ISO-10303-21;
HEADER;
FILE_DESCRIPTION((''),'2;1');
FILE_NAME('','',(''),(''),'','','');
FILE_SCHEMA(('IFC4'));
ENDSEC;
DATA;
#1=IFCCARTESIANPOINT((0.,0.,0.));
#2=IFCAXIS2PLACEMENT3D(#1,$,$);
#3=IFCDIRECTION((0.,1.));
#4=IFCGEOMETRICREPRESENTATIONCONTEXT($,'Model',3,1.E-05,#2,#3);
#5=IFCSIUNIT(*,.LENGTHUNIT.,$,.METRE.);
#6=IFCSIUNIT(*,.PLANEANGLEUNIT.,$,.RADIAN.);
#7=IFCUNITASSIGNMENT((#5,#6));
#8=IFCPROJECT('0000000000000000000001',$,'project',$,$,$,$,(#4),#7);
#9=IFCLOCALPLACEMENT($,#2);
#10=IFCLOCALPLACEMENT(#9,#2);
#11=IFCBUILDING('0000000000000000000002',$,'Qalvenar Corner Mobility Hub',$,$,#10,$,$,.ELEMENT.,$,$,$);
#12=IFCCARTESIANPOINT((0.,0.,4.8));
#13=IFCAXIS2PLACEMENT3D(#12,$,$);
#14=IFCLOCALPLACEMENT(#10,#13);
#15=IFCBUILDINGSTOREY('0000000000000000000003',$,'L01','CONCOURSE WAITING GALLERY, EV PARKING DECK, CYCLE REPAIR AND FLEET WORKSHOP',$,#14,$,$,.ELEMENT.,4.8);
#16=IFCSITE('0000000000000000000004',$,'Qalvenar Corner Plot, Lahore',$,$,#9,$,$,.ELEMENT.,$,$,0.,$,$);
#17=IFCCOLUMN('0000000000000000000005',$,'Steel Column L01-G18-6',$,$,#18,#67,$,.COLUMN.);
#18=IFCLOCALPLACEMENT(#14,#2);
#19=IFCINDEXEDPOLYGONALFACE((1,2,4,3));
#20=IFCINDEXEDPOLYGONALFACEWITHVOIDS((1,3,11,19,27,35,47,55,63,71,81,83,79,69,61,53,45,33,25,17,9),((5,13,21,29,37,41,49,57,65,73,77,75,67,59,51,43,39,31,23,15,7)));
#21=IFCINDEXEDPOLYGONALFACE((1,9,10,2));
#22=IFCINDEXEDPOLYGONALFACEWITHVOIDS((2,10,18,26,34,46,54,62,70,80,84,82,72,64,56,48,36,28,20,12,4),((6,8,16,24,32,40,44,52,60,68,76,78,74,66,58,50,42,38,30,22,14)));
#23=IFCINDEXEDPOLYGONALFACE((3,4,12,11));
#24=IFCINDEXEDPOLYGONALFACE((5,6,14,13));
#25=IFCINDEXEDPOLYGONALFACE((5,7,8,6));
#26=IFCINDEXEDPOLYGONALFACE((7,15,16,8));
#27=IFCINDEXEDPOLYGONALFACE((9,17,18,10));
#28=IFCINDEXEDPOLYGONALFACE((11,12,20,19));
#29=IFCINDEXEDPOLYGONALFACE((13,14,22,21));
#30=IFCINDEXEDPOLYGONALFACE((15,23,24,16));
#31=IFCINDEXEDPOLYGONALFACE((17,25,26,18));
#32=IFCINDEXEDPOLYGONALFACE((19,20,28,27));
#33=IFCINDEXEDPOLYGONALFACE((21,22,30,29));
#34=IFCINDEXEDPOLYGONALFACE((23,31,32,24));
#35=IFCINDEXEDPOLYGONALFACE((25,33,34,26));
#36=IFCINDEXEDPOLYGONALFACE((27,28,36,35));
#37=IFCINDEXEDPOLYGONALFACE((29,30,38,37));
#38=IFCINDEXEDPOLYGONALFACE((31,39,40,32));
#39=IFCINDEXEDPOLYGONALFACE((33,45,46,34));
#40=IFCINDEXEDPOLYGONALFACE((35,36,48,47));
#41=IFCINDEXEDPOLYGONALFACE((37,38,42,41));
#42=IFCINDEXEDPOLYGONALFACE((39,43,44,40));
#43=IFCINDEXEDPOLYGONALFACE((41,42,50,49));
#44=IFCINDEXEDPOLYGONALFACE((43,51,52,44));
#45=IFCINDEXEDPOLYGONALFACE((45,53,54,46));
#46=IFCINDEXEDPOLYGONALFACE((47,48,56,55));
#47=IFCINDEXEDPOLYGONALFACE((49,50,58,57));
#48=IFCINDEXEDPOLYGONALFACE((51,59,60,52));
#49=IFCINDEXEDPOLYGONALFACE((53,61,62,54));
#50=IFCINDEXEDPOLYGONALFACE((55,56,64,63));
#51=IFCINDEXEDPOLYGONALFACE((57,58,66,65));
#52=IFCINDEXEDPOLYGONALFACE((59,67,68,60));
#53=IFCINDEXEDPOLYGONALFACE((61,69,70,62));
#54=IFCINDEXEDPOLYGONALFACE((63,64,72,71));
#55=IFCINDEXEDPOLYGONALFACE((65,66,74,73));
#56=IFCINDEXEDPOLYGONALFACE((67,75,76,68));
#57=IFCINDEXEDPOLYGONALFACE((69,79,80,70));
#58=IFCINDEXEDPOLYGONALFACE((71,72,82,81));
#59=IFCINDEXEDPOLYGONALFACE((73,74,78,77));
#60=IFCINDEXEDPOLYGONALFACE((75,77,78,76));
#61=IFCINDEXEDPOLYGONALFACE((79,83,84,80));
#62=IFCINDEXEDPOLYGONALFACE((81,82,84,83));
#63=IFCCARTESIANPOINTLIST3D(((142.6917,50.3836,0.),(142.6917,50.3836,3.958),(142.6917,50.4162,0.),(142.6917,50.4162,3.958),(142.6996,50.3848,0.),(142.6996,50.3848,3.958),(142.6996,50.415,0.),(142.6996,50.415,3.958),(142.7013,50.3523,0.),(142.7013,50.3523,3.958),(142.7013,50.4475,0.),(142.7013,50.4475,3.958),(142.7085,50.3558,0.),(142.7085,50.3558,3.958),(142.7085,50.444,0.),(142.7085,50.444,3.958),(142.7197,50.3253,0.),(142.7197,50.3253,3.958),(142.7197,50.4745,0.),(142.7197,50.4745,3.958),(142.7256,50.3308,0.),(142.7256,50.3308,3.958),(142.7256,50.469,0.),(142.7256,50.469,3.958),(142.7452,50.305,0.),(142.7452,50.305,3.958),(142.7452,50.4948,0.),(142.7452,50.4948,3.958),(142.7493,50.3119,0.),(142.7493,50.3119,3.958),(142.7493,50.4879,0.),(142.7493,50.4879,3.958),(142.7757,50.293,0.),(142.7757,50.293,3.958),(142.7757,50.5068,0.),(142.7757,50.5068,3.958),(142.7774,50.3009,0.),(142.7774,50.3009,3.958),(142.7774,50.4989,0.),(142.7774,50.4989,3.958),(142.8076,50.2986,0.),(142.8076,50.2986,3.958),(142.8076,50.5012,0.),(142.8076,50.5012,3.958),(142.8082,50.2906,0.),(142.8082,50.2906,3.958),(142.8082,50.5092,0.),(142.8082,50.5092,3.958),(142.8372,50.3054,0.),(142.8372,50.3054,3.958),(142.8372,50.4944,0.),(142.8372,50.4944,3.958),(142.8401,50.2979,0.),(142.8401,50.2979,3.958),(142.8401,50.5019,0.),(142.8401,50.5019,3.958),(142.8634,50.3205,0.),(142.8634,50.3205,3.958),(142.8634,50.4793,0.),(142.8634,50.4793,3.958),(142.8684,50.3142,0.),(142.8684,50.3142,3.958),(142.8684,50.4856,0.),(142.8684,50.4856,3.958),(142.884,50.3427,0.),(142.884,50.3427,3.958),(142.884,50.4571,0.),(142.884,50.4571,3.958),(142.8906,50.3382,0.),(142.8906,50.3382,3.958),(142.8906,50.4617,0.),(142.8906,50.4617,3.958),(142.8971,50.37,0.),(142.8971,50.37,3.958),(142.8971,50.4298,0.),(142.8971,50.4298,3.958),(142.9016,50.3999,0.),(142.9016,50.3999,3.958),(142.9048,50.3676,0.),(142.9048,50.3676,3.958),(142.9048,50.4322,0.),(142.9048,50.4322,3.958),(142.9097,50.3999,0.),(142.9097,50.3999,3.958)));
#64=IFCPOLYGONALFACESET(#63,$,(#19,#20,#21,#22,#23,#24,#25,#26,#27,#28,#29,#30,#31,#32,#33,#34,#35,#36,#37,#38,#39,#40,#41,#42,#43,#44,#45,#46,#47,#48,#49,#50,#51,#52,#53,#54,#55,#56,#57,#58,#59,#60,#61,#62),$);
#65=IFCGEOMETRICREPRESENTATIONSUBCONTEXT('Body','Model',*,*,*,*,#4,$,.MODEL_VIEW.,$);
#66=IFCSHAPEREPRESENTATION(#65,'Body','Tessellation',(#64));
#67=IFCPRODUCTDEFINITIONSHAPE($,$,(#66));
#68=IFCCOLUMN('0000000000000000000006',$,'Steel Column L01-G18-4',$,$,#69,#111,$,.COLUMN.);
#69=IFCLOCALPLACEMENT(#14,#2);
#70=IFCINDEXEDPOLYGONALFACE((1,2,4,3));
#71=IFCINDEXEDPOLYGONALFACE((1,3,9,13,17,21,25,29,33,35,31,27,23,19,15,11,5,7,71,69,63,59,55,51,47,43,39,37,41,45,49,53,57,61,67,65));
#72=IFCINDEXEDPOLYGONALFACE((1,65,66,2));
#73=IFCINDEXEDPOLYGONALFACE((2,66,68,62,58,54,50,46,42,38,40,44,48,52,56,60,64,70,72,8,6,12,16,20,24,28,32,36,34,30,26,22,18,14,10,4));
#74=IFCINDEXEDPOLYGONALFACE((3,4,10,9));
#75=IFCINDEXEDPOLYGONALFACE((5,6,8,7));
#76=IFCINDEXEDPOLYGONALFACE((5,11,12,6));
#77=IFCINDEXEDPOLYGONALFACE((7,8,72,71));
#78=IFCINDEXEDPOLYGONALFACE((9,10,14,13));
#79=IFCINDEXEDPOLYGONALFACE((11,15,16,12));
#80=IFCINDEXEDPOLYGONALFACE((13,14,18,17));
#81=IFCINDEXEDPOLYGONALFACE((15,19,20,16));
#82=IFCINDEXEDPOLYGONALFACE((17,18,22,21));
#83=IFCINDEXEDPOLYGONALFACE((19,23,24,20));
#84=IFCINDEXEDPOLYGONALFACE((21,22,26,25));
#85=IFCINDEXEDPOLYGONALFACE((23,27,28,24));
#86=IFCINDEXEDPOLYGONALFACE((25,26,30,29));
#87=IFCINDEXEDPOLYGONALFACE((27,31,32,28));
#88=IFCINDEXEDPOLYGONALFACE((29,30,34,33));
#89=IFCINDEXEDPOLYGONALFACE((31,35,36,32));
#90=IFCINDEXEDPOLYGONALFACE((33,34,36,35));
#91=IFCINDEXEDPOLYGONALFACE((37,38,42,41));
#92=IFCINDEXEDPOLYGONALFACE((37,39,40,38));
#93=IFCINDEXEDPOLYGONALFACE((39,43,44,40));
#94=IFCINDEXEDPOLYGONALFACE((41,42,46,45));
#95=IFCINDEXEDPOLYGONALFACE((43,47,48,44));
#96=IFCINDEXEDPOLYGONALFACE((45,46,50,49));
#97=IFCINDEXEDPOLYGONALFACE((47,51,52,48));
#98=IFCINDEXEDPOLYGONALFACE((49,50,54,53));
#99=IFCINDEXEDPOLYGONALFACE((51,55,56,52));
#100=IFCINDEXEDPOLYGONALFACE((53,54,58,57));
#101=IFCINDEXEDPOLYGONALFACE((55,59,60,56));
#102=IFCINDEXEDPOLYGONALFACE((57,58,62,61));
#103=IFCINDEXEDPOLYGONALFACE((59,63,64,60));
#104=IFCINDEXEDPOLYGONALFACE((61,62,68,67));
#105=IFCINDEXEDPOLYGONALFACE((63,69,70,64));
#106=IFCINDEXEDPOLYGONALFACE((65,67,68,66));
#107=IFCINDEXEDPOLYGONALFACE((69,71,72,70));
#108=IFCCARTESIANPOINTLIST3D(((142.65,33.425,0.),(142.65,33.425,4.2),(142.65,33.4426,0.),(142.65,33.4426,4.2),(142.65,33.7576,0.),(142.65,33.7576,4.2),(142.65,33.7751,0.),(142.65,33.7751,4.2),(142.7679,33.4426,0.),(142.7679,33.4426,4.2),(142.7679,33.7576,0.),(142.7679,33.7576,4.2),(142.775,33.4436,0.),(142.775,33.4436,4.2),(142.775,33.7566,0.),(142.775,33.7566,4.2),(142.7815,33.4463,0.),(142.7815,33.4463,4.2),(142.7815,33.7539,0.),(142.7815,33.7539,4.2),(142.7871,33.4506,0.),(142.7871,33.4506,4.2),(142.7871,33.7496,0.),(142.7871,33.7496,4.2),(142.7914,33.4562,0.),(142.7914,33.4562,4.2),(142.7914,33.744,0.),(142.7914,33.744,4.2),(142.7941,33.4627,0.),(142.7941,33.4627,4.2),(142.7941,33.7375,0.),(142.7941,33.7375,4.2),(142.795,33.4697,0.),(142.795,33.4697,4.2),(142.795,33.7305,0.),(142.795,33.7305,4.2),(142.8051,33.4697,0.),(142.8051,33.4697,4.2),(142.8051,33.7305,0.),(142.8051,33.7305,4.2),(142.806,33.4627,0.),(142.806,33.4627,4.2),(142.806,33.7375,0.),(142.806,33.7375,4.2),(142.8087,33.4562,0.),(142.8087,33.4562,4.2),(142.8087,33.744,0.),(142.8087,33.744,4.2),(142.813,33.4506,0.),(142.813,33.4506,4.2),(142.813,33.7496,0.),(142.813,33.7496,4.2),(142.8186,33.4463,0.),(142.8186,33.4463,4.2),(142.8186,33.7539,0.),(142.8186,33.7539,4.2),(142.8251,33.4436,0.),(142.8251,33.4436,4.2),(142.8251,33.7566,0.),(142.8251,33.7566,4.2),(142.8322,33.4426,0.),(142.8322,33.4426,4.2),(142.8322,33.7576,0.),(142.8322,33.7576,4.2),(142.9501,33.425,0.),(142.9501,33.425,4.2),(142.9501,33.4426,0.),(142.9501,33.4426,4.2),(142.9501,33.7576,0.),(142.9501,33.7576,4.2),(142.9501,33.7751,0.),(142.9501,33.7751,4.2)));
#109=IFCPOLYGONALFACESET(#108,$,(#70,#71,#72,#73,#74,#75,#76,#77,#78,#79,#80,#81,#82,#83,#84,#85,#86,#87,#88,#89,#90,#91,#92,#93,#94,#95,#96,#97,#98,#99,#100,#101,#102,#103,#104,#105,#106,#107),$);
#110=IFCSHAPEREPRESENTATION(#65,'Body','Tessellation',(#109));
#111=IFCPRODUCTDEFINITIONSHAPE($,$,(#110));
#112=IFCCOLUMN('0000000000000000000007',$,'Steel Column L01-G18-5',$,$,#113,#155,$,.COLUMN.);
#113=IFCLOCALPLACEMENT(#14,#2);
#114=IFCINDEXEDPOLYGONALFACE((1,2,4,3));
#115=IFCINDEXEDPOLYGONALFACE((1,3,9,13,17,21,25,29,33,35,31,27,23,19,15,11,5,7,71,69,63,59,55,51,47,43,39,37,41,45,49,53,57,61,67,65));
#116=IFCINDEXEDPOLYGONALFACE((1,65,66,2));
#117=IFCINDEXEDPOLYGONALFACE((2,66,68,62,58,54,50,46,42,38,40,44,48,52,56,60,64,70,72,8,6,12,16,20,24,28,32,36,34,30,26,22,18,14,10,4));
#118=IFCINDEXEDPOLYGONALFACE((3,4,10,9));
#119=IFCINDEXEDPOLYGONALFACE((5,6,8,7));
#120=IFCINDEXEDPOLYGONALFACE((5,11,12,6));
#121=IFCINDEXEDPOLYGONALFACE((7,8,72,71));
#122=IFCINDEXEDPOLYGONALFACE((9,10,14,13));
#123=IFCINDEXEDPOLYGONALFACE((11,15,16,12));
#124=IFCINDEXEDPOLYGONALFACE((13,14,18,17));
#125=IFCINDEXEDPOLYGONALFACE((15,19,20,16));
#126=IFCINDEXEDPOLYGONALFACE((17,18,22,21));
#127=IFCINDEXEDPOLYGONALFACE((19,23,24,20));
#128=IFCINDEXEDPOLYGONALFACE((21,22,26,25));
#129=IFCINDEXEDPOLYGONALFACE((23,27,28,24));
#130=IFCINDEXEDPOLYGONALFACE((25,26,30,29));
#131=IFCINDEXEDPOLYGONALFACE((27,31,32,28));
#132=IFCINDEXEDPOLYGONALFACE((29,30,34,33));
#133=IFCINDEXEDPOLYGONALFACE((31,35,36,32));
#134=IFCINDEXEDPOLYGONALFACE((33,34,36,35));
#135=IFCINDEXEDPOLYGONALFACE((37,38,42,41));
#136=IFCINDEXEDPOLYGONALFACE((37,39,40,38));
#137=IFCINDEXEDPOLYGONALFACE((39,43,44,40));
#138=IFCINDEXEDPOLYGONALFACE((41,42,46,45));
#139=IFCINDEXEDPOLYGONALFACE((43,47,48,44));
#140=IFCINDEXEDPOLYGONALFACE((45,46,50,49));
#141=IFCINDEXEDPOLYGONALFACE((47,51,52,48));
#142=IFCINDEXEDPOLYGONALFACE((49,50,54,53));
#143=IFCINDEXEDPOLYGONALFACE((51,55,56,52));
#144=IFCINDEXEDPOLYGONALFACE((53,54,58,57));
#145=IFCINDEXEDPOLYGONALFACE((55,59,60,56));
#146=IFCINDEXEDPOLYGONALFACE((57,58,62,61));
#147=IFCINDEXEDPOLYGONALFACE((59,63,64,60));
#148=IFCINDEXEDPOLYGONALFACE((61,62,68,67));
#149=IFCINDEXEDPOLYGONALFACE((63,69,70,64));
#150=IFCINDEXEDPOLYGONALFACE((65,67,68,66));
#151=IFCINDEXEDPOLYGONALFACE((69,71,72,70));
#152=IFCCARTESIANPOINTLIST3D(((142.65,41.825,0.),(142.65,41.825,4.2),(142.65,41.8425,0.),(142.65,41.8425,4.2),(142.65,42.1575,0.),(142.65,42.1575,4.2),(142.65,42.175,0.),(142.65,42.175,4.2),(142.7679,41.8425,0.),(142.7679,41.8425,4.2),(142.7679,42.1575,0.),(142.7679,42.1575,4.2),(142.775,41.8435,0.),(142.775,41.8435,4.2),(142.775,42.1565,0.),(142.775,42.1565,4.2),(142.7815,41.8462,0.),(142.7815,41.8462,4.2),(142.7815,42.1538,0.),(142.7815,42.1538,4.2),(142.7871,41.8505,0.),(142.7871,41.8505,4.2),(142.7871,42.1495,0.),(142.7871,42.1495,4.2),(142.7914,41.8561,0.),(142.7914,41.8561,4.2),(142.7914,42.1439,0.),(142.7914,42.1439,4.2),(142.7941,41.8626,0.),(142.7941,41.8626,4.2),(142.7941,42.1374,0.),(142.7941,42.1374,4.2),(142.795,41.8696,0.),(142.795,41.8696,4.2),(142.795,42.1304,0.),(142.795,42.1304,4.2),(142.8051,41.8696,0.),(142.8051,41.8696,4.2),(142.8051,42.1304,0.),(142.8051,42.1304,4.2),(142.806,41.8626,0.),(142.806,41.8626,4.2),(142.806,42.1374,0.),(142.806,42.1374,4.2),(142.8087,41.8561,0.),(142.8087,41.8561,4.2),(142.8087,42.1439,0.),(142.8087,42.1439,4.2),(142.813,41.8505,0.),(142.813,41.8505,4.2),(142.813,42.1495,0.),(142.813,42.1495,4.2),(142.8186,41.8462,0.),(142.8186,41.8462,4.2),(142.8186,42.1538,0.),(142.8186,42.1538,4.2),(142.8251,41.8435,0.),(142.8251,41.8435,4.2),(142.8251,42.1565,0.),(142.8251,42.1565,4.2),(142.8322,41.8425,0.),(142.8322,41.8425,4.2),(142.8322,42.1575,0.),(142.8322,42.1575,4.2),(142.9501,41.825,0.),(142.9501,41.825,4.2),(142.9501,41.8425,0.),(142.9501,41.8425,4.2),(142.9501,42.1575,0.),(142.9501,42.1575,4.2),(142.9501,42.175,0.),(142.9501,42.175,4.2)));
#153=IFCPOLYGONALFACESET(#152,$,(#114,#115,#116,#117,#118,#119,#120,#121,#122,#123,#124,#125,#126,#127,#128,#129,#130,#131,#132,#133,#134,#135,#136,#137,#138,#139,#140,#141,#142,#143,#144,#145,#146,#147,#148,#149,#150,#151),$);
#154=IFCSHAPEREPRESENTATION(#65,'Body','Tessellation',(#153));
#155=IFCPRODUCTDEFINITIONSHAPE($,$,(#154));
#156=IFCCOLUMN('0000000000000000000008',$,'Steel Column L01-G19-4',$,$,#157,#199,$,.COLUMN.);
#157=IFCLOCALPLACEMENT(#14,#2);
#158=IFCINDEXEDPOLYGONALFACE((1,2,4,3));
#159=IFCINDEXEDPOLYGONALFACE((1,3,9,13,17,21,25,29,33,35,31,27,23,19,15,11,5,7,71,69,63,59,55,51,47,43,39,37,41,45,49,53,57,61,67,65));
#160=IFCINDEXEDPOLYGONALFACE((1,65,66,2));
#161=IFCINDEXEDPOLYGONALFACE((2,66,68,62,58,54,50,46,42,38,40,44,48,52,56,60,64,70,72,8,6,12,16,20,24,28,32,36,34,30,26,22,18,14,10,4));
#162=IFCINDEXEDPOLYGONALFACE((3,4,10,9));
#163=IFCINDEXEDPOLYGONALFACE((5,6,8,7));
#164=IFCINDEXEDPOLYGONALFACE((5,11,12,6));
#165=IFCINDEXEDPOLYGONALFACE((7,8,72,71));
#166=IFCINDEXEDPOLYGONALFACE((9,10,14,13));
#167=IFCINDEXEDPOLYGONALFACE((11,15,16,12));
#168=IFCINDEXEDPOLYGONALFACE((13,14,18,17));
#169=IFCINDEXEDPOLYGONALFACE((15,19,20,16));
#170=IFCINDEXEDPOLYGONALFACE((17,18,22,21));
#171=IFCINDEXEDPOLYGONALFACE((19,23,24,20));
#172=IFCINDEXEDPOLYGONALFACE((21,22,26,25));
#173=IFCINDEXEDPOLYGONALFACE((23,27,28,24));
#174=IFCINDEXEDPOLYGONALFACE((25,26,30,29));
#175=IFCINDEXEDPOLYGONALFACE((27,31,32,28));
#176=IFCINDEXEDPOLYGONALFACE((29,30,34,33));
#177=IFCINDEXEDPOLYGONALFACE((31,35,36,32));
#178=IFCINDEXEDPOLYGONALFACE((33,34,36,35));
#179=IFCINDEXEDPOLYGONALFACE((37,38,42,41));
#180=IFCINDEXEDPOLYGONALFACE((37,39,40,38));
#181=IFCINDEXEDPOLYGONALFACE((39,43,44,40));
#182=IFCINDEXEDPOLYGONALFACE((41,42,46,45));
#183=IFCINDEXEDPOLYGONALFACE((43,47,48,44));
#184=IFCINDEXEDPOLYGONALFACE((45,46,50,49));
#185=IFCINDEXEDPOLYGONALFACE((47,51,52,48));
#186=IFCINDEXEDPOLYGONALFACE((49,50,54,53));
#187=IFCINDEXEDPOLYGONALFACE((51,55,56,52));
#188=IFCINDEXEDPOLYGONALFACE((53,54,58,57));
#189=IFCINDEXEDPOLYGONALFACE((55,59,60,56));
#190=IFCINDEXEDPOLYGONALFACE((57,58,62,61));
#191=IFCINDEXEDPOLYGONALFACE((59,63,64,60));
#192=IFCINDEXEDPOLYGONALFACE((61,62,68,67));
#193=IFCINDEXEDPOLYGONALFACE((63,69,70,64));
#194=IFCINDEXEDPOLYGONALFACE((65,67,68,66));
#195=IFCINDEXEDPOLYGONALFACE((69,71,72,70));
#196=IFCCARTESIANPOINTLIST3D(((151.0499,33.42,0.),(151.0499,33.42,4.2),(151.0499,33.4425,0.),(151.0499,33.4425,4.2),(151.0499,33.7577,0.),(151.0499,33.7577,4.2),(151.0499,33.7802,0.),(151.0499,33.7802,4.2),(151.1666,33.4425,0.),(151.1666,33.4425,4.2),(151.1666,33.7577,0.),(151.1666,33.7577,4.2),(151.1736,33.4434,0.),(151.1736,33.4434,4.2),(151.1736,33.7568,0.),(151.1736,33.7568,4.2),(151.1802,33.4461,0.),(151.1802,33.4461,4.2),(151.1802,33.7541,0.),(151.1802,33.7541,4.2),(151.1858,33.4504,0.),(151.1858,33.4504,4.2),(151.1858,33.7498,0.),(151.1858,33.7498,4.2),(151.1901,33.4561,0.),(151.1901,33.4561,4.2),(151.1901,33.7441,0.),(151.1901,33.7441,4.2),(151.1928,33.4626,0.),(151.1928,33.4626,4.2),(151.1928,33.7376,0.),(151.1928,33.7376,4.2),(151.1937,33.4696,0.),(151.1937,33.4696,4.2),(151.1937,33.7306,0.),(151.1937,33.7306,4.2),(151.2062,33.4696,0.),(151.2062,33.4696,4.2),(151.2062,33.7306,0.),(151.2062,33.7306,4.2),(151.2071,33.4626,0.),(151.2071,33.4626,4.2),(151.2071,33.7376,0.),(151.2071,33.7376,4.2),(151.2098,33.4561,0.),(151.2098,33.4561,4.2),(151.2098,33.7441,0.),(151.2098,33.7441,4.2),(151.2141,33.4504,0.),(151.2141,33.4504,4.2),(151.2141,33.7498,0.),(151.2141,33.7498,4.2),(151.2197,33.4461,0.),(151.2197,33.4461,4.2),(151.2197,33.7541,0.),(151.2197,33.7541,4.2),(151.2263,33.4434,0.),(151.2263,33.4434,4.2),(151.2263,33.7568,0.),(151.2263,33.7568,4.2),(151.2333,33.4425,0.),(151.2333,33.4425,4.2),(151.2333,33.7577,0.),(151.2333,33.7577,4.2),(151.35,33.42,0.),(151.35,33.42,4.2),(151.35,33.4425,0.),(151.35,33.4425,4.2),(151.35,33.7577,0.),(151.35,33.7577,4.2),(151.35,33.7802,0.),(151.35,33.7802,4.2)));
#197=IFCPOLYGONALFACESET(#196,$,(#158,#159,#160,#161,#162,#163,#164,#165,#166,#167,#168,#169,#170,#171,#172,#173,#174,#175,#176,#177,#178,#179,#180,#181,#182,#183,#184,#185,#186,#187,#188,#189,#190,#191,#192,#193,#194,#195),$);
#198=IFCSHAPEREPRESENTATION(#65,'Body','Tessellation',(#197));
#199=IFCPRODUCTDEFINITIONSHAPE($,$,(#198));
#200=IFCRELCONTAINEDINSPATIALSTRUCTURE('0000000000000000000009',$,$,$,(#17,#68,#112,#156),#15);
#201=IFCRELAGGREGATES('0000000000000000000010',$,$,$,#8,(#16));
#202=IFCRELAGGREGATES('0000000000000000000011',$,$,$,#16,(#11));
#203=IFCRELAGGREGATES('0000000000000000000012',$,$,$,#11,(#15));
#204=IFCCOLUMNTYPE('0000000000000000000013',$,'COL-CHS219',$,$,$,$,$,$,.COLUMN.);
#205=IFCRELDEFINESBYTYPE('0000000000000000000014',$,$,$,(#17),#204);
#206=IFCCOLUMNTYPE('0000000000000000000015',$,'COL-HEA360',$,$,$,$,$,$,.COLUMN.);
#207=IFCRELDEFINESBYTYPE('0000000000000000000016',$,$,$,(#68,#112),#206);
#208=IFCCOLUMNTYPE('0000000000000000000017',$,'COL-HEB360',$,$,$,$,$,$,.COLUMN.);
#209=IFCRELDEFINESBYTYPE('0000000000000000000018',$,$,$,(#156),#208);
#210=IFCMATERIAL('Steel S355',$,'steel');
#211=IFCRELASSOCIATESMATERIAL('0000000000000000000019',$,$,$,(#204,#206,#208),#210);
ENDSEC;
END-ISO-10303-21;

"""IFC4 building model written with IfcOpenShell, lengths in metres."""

from ifc_helpers import new_model, si_unit, direction, frame, origin, origin_2d, place, context, subcontext, project, spatial, hollow_circle, i_section, extrude, material, material_profile, profile_set, type_object, element, save


model = new_model("IFC4")

# Units and contexts
model_context = context("Model", 3, precision=1e-05, world=origin(), true_north=direction((0.0, 1.0)))
body_context = subcontext(model_context, "Body", "Model", "MODEL_VIEW")
ifc_project = project(units=[si_unit("LENGTHUNIT", "METRE"), si_unit("PLANEANGLEUNIT", "RADIAN")], contexts=[model_context])

# Site, building, storey
site_placement = place(None, origin())
site = spatial("IfcSite", under=ifc_project, at=site_placement, Name="Qalvenar Corner Plot, Lahore", CompositionType="ELEMENT", RefElevation=0.0)
building_placement = place(site_placement, origin())
building = spatial("IfcBuilding", under=site, at=building_placement, Name="Qalvenar Corner Mobility Hub", CompositionType="ELEMENT")
storey_placement = place(building_placement, frame((0.0, 0.0, 4.8)))
storey = spatial("IfcBuildingStorey", under=building, at=storey_placement, Name="L01", Description="CONCOURSE WAITING GALLERY, EV PARKING DECK, CYCLE REPAIR AND FLEET WORKSHOP", CompositionType="ELEMENT", Elevation=4.8)

# Columns
ifc_material_1 = material(Name="Steel S355", Category="steel")
ifc_material_profile_1 = material_profile(ifc_material_1, hollow_circle(Radius=0.1096, WallThickness=0.0081, at=origin_2d()), Name="CHS219.1x8")
ifc_profile_set_1 = profile_set([ifc_material_profile_1], Name="Steel S355")
column_type_1 = type_object("IfcColumnType", Name="COL-CHS219", PredefinedType="COLUMN", material=ifc_profile_set_1)
column_placement = place(storey_placement, frame((142.8, 50.3999, 0.0), z_axis=(0.0, 0.0, 1.0), x_axis=(1.0, 0.0, 0.0)))
element("IfcColumn", 1, at=column_placement, inside=storey, type_object=column_type_1, Name="Steel Column L01-G18-6", PredefinedType="COLUMN", context=body_context, shape_type="SweptSolid", body=[
    extrude(hollow_circle(Radius=0.1096, WallThickness=0.0081, at=origin_2d()), origin(), (0.0, 0.0, 1.0), 3.958),
])
ifc_material_profile_2 = material_profile(ifc_material_1, i_section(OverallWidth=0.3, OverallDepth=0.3501, WebThickness=0.01, FlangeThickness=0.0176, FilletRadius=0.0271, at=origin_2d()), Name="HEA360")
ifc_profile_set_2 = profile_set([ifc_material_profile_2], Name="Steel S355")
column_type_2 = type_object("IfcColumnType", Name="COL-HEA360", PredefinedType="COLUMN", material=ifc_profile_set_2)
for number, where, z_axis, x_axis, name in (
    (2, (142.8, 33.6001, 0.0), (0.0, 0.0, 1.0), (1.0, 0.0, 0.0), "Steel Column L01-G18-4"),
    (3, (142.8, 42.0, 0.0), (0.0, 0.0, 1.0), (1.0, 0.0, 0.0), "Steel Column L01-G18-5"),
):
    element("IfcColumn", number, at=place(storey_placement, frame(where, z_axis=z_axis, x_axis=x_axis)), inside=storey, type_object=column_type_2, Name=name, PredefinedType="COLUMN", context=body_context, shape_type="SweptSolid", body=[
        extrude(i_section(OverallWidth=0.3, OverallDepth=0.3501, WebThickness=0.01, FlangeThickness=0.0176, FilletRadius=0.0271, at=origin_2d()), origin(), (0.0, 0.0, 1.0), 4.2),
    ])
ifc_material_profile_3 = material_profile(ifc_material_1, i_section(OverallWidth=0.3, OverallDepth=0.3601, WebThickness=0.0125, FlangeThickness=0.0225, FilletRadius=0.0271, at=origin_2d()), Name="HEB360")
ifc_profile_set_3 = profile_set([ifc_material_profile_3], Name="Steel S355")
column_type_3 = type_object("IfcColumnType", Name="COL-HEB360", PredefinedType="COLUMN", material=ifc_profile_set_3)
for number, where, z_axis, x_axis, name in (
    (4, (151.2, 33.6001, 0.0), (0.0, 0.0, 1.0), (1.0, 0.0, 0.0), "Steel Column L01-G19-4"),
):
    element("IfcColumn", number, at=place(storey_placement, frame(where, z_axis=z_axis, x_axis=x_axis)), inside=storey, type_object=column_type_3, Name=name, PredefinedType="COLUMN", context=body_context, shape_type="SweptSolid", body=[
        extrude(i_section(OverallWidth=0.3, OverallDepth=0.3601, WebThickness=0.0125, FlangeThickness=0.0225, FilletRadius=0.0271, at=origin_2d()), origin(), (0.0, 0.0, 1.0), 4.2),
    ])

save(model, "model.ifc")
